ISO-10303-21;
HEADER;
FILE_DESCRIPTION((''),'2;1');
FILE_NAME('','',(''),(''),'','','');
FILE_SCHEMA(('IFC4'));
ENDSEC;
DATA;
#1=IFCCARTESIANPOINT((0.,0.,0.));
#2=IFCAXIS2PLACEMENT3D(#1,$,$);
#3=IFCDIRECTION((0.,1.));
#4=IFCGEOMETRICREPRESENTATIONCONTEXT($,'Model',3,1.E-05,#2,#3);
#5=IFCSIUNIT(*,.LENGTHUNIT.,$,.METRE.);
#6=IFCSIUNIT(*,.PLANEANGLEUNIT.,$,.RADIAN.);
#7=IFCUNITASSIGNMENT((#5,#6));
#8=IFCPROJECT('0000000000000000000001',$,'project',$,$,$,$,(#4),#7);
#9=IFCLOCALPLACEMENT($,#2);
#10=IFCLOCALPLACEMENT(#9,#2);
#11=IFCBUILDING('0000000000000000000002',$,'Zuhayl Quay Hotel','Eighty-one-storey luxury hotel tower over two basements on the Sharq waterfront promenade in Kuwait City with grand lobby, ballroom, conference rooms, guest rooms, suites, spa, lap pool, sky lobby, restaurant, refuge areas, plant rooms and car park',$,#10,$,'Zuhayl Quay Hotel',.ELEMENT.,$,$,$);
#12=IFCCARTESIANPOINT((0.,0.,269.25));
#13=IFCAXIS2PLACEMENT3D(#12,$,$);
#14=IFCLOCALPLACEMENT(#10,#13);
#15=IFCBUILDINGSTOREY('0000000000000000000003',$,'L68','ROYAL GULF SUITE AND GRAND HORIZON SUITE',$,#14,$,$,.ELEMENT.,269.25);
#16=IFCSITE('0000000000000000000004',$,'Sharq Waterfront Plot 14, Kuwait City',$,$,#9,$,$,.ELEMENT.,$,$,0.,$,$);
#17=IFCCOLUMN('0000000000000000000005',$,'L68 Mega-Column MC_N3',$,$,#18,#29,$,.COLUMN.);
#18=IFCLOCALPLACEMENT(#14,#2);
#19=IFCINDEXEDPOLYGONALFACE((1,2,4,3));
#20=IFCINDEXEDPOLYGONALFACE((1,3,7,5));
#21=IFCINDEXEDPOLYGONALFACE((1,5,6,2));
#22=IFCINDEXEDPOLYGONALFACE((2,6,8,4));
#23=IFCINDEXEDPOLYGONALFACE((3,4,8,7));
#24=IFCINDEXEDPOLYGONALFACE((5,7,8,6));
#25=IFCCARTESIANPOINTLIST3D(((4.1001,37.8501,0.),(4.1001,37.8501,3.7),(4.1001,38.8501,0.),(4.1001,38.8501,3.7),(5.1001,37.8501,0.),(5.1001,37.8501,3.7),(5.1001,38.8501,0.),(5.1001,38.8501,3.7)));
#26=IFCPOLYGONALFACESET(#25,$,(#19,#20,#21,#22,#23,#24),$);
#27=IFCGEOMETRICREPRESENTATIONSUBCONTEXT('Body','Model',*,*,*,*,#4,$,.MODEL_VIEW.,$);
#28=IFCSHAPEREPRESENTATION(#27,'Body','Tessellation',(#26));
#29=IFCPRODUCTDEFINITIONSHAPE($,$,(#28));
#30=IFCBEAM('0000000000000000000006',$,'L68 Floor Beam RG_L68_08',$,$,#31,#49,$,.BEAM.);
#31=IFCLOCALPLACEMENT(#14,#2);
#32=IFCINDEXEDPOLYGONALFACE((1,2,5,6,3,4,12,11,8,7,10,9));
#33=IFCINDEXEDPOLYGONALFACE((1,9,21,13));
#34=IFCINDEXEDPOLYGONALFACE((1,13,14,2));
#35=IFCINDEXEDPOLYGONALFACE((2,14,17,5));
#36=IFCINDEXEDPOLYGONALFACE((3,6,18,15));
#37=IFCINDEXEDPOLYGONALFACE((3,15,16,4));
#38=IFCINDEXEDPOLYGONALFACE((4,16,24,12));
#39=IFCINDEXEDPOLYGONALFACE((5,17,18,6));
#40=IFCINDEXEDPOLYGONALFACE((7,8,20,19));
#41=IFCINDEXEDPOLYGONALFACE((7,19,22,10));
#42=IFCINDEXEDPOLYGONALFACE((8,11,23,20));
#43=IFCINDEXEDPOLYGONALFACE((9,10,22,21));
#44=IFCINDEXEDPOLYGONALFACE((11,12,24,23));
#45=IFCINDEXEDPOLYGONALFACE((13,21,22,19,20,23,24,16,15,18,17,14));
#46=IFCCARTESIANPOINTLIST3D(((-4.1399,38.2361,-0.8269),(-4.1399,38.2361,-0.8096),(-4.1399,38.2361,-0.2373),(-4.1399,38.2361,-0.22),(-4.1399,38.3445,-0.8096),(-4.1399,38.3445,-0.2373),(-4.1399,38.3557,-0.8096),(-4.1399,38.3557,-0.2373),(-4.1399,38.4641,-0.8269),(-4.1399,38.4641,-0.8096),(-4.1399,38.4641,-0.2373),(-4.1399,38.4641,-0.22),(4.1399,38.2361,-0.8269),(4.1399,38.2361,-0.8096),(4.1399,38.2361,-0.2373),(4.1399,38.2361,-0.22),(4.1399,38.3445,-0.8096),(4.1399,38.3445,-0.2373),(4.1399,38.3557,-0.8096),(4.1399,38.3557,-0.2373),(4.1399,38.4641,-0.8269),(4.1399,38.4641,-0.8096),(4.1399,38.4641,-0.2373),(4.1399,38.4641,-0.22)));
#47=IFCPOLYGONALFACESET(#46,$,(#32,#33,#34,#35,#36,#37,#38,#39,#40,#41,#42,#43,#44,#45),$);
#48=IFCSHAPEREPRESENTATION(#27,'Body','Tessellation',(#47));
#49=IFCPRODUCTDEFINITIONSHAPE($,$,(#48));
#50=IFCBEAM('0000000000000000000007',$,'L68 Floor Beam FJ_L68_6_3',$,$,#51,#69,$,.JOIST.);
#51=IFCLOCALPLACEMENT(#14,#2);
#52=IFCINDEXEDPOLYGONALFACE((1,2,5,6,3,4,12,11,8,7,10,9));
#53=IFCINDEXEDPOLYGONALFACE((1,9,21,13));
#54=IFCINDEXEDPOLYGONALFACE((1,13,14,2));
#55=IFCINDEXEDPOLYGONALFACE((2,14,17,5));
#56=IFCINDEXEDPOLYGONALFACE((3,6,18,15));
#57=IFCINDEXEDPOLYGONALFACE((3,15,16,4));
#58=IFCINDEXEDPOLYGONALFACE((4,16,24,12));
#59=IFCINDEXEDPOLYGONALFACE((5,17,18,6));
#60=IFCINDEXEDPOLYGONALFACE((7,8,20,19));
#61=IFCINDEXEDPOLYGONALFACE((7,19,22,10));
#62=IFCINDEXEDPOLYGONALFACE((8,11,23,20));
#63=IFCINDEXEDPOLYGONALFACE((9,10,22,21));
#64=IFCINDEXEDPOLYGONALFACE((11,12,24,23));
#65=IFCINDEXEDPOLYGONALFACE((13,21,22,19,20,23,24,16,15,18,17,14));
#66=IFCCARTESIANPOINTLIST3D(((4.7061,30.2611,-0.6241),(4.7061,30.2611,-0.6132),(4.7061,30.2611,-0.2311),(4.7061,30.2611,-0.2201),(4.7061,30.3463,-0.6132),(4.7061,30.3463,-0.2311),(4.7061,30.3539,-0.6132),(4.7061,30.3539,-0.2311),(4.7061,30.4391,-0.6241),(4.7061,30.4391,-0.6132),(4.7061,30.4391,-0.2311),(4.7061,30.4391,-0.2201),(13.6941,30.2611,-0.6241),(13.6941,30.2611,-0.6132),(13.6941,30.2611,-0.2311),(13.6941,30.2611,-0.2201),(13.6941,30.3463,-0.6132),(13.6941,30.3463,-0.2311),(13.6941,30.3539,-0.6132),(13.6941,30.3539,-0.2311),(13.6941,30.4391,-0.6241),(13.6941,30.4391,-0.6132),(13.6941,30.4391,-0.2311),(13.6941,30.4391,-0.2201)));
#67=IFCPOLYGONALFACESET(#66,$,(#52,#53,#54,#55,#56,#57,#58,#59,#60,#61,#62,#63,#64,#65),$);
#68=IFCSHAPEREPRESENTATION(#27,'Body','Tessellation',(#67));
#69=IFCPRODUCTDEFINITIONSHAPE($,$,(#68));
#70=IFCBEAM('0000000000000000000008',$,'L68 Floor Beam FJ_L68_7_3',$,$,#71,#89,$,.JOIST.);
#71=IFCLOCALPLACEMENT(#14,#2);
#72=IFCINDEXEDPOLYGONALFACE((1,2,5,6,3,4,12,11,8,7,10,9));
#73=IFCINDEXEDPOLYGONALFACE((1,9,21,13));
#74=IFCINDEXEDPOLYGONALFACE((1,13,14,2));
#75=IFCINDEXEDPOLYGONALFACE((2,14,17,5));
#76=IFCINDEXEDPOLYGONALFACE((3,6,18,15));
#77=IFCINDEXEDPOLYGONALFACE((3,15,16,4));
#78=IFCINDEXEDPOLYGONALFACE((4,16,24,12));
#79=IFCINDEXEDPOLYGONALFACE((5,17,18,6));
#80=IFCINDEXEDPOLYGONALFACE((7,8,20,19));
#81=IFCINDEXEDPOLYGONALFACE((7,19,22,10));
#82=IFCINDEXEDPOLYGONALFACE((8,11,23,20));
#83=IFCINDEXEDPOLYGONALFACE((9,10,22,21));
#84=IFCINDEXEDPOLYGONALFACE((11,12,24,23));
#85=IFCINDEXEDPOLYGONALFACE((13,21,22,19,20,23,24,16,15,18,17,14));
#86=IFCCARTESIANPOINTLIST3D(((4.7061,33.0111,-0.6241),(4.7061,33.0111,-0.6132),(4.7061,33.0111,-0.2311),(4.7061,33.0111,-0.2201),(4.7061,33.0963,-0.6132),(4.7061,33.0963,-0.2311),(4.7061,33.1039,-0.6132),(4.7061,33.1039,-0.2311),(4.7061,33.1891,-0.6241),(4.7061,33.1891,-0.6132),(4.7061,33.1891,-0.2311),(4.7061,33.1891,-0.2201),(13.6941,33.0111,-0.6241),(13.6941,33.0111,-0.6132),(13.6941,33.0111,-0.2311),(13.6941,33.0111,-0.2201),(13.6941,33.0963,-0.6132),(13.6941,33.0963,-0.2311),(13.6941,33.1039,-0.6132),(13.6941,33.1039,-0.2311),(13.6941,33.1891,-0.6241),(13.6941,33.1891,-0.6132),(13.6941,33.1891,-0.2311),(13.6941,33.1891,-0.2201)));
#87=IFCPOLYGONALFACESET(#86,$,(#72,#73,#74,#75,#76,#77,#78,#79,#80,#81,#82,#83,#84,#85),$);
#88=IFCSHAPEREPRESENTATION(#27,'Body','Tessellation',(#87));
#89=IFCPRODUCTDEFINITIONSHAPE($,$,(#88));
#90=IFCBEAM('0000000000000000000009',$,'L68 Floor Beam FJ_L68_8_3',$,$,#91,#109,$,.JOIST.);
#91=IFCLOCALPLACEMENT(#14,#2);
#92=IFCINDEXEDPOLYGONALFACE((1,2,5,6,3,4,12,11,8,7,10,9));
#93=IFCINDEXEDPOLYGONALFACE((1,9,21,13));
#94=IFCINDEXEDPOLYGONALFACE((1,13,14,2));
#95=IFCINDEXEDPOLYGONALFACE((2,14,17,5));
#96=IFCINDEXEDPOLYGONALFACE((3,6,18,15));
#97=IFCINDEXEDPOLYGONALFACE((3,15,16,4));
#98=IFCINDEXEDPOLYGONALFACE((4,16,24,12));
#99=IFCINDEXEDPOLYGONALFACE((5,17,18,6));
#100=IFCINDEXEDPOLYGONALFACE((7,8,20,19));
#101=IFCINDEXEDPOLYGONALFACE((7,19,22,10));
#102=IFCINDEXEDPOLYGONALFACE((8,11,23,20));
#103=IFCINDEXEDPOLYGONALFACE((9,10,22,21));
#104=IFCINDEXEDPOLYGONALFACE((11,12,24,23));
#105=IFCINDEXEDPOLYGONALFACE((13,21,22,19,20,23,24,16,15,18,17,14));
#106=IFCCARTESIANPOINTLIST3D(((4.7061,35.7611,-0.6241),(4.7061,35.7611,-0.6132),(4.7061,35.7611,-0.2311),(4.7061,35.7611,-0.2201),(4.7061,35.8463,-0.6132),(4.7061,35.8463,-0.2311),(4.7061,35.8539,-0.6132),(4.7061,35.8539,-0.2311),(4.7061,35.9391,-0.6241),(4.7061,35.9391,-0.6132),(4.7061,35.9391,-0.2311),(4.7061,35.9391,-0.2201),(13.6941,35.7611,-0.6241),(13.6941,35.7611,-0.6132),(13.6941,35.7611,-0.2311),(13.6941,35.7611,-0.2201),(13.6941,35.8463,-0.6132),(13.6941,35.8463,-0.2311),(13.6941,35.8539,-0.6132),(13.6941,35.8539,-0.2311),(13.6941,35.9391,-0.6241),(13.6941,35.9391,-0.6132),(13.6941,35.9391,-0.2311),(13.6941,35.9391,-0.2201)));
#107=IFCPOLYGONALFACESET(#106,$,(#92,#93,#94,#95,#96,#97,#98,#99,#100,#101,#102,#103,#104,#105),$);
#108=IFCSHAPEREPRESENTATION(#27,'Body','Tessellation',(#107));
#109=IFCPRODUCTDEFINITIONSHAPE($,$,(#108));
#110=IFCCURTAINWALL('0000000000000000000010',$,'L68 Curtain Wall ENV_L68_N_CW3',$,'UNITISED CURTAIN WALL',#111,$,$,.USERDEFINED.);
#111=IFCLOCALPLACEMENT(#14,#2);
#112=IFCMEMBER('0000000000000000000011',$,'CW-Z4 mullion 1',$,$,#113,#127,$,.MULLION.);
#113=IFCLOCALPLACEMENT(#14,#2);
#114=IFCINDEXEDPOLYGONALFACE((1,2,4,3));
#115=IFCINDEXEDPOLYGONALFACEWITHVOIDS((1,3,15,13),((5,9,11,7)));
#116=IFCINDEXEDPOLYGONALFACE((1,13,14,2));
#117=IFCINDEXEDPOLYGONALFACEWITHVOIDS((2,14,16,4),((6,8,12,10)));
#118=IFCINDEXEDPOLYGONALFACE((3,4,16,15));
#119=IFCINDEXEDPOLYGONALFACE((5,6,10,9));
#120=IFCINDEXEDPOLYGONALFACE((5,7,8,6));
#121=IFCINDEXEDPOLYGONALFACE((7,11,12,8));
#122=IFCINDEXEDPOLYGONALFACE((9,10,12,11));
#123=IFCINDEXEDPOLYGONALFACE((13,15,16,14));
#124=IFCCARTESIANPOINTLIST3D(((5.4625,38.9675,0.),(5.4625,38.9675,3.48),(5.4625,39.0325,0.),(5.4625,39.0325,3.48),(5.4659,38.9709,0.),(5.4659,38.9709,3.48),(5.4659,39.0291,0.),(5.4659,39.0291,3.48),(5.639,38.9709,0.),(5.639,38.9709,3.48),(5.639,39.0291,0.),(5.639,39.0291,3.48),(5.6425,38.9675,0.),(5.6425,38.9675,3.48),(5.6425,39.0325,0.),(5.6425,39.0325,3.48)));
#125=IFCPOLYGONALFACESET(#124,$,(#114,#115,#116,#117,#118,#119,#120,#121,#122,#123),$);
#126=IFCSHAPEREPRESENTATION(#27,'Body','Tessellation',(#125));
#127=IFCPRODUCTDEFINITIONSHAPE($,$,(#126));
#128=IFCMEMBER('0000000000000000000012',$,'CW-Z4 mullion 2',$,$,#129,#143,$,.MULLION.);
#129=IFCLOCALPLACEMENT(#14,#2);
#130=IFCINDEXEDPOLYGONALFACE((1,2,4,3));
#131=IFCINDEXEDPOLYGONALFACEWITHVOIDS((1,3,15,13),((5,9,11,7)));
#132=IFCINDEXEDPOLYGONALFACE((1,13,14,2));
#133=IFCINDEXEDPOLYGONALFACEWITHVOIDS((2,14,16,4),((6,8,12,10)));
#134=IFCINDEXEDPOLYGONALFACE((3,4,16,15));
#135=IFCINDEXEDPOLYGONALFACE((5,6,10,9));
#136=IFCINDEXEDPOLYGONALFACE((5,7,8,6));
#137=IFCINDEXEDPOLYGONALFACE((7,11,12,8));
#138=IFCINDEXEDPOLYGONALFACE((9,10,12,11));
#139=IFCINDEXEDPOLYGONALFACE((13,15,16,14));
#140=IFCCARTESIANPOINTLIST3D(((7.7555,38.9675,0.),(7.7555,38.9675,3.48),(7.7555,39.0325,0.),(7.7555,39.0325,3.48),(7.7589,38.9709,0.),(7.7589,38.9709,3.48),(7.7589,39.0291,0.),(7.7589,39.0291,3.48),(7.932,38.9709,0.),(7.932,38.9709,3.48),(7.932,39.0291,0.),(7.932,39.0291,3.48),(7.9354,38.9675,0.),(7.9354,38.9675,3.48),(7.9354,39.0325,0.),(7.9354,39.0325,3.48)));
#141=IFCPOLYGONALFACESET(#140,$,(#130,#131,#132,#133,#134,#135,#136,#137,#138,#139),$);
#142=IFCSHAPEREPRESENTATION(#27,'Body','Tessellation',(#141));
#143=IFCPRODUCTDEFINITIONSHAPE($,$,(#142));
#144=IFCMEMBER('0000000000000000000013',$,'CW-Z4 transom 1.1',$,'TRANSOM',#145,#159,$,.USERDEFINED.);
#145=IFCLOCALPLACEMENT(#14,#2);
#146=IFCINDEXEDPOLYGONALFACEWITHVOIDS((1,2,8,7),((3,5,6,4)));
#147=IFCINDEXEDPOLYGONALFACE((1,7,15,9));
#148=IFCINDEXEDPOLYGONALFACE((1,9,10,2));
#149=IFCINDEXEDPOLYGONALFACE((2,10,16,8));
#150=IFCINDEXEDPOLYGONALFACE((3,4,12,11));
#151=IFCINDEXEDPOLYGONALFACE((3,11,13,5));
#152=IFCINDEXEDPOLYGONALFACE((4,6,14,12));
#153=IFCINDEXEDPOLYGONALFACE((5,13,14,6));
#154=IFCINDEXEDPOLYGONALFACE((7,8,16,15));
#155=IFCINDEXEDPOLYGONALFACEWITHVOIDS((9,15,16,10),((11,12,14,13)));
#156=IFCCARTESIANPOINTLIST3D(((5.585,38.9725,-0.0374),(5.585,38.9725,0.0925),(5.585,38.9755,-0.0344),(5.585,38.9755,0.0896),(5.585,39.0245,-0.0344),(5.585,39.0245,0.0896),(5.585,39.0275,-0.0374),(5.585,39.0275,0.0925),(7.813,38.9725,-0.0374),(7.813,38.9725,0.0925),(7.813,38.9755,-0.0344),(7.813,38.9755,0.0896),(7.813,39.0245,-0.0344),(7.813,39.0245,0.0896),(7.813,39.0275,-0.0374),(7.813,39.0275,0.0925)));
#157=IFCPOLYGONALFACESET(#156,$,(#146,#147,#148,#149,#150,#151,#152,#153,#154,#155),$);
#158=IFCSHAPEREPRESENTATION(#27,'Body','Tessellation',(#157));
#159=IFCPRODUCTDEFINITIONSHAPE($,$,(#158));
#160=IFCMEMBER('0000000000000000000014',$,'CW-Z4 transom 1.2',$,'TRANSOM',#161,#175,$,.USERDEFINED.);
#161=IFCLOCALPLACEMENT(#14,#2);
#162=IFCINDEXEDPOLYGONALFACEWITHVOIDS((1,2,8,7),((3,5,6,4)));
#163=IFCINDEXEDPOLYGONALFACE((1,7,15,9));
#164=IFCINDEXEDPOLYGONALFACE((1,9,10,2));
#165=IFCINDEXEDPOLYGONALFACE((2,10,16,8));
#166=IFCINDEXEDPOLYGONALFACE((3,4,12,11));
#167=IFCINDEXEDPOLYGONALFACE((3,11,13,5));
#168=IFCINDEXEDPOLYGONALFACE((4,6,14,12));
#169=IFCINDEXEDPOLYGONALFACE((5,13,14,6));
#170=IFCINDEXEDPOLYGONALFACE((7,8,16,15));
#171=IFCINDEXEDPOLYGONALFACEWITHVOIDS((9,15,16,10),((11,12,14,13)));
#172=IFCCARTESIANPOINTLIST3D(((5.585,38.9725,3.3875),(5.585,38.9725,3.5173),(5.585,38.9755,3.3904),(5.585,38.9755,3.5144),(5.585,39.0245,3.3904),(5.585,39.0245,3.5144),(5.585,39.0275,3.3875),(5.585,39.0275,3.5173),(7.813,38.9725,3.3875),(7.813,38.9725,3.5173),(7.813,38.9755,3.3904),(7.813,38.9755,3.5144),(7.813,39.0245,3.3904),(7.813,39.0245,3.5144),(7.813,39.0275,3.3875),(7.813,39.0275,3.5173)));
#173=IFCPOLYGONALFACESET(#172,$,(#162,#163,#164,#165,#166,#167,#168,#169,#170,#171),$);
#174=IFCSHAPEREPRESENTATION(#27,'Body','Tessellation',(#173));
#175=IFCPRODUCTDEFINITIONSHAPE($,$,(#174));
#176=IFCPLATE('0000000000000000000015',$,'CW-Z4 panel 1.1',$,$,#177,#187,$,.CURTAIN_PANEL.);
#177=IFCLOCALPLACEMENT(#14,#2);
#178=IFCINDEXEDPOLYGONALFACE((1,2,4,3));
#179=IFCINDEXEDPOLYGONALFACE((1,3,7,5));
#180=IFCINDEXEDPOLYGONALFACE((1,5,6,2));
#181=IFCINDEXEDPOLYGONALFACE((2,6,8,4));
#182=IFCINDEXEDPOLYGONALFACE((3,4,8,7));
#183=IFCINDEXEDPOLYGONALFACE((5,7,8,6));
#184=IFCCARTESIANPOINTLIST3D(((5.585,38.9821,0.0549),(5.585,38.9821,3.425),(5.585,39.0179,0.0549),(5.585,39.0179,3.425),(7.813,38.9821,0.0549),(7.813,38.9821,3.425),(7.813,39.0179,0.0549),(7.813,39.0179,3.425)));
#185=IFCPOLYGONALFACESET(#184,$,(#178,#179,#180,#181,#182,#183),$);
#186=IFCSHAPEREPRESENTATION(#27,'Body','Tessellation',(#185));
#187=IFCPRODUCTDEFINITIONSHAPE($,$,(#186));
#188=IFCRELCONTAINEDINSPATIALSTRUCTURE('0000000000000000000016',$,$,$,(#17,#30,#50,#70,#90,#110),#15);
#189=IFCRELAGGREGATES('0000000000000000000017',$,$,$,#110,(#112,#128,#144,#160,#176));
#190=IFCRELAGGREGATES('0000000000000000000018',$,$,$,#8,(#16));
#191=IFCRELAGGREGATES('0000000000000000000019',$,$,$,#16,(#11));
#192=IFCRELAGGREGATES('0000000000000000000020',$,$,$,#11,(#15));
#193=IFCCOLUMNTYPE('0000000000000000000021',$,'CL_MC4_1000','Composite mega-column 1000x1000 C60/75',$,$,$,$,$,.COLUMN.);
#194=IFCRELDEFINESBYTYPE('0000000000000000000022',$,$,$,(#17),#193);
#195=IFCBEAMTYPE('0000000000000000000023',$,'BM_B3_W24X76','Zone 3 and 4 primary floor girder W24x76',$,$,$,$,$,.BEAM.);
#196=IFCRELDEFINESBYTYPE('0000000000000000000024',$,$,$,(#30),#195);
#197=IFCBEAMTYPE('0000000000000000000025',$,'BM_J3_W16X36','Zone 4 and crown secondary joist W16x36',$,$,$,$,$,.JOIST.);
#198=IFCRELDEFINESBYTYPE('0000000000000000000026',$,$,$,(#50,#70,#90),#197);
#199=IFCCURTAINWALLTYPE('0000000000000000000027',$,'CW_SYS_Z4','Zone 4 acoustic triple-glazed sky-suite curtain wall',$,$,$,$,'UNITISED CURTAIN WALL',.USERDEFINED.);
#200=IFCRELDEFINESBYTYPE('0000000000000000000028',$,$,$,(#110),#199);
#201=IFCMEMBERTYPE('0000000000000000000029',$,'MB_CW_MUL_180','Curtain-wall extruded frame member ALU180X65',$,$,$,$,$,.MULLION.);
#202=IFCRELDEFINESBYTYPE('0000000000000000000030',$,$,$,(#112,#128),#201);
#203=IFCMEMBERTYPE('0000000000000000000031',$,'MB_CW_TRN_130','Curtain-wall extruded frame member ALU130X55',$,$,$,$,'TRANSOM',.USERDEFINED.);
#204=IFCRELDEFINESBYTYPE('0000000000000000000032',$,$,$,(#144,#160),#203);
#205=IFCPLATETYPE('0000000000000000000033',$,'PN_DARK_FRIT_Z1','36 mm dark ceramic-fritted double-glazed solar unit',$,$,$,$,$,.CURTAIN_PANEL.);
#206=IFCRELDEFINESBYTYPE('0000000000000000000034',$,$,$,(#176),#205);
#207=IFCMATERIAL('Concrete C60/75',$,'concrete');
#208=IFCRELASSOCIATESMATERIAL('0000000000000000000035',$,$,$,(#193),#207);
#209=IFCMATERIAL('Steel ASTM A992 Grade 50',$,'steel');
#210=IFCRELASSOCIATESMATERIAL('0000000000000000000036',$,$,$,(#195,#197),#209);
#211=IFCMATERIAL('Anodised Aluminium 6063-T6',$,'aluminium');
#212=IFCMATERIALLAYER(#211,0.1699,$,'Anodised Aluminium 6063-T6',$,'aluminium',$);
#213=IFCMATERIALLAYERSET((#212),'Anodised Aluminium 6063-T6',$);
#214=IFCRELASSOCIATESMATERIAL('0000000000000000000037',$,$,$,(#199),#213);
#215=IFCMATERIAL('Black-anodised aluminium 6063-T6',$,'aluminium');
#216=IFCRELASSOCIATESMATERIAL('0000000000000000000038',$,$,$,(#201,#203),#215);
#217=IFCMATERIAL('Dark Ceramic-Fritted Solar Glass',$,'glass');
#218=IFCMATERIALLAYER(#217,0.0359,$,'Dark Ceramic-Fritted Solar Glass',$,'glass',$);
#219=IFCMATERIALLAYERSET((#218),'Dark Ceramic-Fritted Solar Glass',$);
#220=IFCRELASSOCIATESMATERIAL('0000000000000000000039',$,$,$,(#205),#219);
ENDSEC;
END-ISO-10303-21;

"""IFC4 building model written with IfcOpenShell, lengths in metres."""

from ifc_helpers import new_model, si_unit, direction, frame, origin, origin_2d, place, context, subcontext, project, spatial, rectangle, hollow_rectangle, i_section, extrude, material, layer, layer_set, material_profile, profile_set, type_object, element, aggregate, save


model = new_model("IFC4")

# Units and contexts
model_context = context("Model", 3, precision=1e-05, world=origin(), true_north=direction((0.0, 1.0)))
body_context = subcontext(model_context, "Body", "Model", "MODEL_VIEW")
ifc_project = project(units=[si_unit("LENGTHUNIT", "METRE"), si_unit("PLANEANGLEUNIT", "RADIAN")], contexts=[model_context])

# Site, building, storey
site_placement = place(None, origin())
site = spatial("IfcSite", under=ifc_project, at=site_placement, Name="Sharq Waterfront Plot 14, Kuwait City", CompositionType="ELEMENT", RefElevation=0.0)
building_placement = place(site_placement, origin())
building = spatial("IfcBuilding", under=site, at=building_placement, Name="Zuhayl Quay Hotel", Description="Eighty-one-storey luxury hotel tower over two basements on the Sharq waterfront promenade in Kuwait City with grand lobby, ballroom, conference rooms, guest rooms, suites, spa, lap pool, sky lobby, restaurant, refuge areas, plant rooms and car park", LongName="Zuhayl Quay Hotel", CompositionType="ELEMENT")
storey_placement = place(building_placement, frame((0.0, 0.0, 269.25)))
storey = spatial("IfcBuildingStorey", under=building, at=storey_placement, Name="L68", Description="ROYAL GULF SUITE AND GRAND HORIZON SUITE", CompositionType="ELEMENT", Elevation=269.25)

# Column
ifc_material_1 = material(Name="Concrete C60/75", Category="concrete")
ifc_material_profile_1 = material_profile(ifc_material_1, rectangle(XDim=1.0, YDim=1.0, at=origin_2d()), Name="RC1000X1000")
ifc_profile_set_1 = profile_set([ifc_material_profile_1], Name="Concrete C60/75")
column_type = type_object("IfcColumnType", Name="CL_MC4_1000", Description="Composite mega-column 1000x1000 C60/75", PredefinedType="COLUMN", material=ifc_profile_set_1)
column_placement = place(storey_placement, frame((4.6001, 38.3501, 0.0), z_axis=(0.0, 0.0, 1.0), x_axis=(1.0, 0.0, 0.0)))
element("IfcColumn", 1, at=column_placement, inside=storey, type_object=column_type, Name="L68 Mega-Column MC_N3", PredefinedType="COLUMN", context=body_context, shape_type="SweptSolid", body=[
    extrude(rectangle(XDim=1.0, YDim=1.0, at=origin_2d()), origin(), (0.0, 0.0, 1.0), 3.7),
])

# Beams
ifc_material_2 = material(Name="Steel ASTM A992 Grade 50", Category="steel")
ifc_material_profile_2 = material_profile(ifc_material_2, i_section(OverallWidth=0.228, OverallDepth=0.6069, WebThickness=0.0112, FlangeThickness=0.0173, at=origin_2d()), Name="W24X76")
ifc_profile_set_2 = profile_set([ifc_material_profile_2], Name="Steel ASTM A992 Grade 50")
beam_type_1 = type_object("IfcBeamType", Name="BM_B3_W24X76", Description="Zone 3 and 4 primary floor girder W24x76", PredefinedType="BEAM", material=ifc_profile_set_2)
beam_placement = place(storey_placement, frame((4.1399, 38.3501, -0.5234), z_axis=(-1.0, 0.0, 0.0), x_axis=(0.0, -1.0, 0.0)))
element("IfcBeam", 2, at=beam_placement, inside=storey, type_object=beam_type_1, Name="L68 Floor Beam RG_L68_08", PredefinedType="BEAM", context=body_context, shape_type="SweptSolid", body=[
    extrude(i_section(OverallWidth=0.228, OverallDepth=0.6069, WebThickness=0.0112, FlangeThickness=0.0173, at=origin_2d()), origin(), (0.0, 0.0, 1.0), 8.2798),
])
ifc_material_profile_3 = material_profile(ifc_material_2, i_section(OverallWidth=0.178, OverallDepth=0.4041, WebThickness=0.0076, FlangeThickness=0.011, at=origin_2d()), Name="W16X36")
ifc_profile_set_3 = profile_set([ifc_material_profile_3], Name="Steel ASTM A992 Grade 50")
beam_type_2 = type_object("IfcBeamType", Name="BM_J3_W16X36", Description="Zone 4 and crown secondary joist W16x36", PredefinedType="JOIST", material=ifc_profile_set_3)
for number, where, z_axis, x_axis, name in (
    (3, (4.7061, 30.3501, -0.4221), (1.0, 0.0, 0.0), (0.0, 1.0, 0.0), "L68 Floor Beam FJ_L68_6_3"),
    (4, (4.7061, 33.1001, -0.4221), (1.0, 0.0, 0.0), (0.0, 1.0, 0.0), "L68 Floor Beam FJ_L68_7_3"),
    (5, (4.7061, 35.8501, -0.4221), (1.0, 0.0, 0.0), (0.0, 1.0, 0.0), "L68 Floor Beam FJ_L68_8_3"),
):
    element("IfcBeam", number, at=place(storey_placement, frame(where, z_axis=z_axis, x_axis=x_axis)), inside=storey, type_object=beam_type_2, Name=name, PredefinedType="JOIST", context=body_context, shape_type="SweptSolid", body=[
        extrude(i_section(OverallWidth=0.178, OverallDepth=0.4041, WebThickness=0.0076, FlangeThickness=0.011, at=origin_2d()), origin(), (0.0, 0.0, 1.0), 8.988),
    ])

# Curtain wall, members, plate
ifc_material_3 = material(Name="Anodised Aluminium 6063-T6", Category="aluminium")
ifc_layer_1 = layer(ifc_material_3, 0.1699, Name="Anodised Aluminium 6063-T6", Category="aluminium")
ifc_layer_set_1 = layer_set([ifc_layer_1], Name="Anodised Aluminium 6063-T6")
curtain_wall_type = type_object("IfcCurtainWallType", Name="CW_SYS_Z4", Description="Zone 4 acoustic triple-glazed sky-suite curtain wall", ElementType="UNITISED CURTAIN WALL", PredefinedType="USERDEFINED", material=ifc_layer_set_1)
curtain_wall_placement = place(storey_placement, origin())
curtain_wall = element("IfcCurtainWall", 6, at=curtain_wall_placement, inside=storey, type_object=curtain_wall_type, Name="L68 Curtain Wall ENV_L68_N_CW3", ObjectType="UNITISED CURTAIN WALL", PredefinedType="USERDEFINED")
ifc_material_4 = material(Name="Black-anodised aluminium 6063-T6", Category="aluminium")
ifc_material_profile_4 = material_profile(ifc_material_4, hollow_rectangle(XDim=0.0649, YDim=0.1799, WallThickness=0.0034, at=origin_2d()), Name="ALU180X65")
ifc_profile_set_4 = profile_set([ifc_material_profile_4], Name="Black-anodised aluminium 6063-T6")
member_type_1 = type_object("IfcMemberType", Name="MB_CW_MUL_180", Description="Curtain-wall extruded frame member ALU180X65", PredefinedType="MULLION", material=ifc_profile_set_4)
member_1_placement = place(storey_placement, frame((5.5525, 39.0, 0.0), z_axis=(0.0, 0.0, 1.0), x_axis=(0.0, 1.0, 0.0)))
member_1 = element("IfcMember", 7, at=member_1_placement, type_object=member_type_1, Name="CW-Z4 mullion 1", PredefinedType="MULLION", context=body_context, shape_type="SweptSolid", body=[
    extrude(hollow_rectangle(XDim=0.0649, YDim=0.1799, WallThickness=0.0034, at=origin_2d()), origin(), (0.0, 0.0, 1.0), 3.48),
])
member_2_placement = place(storey_placement, frame((7.8455, 39.0, 0.0), z_axis=(0.0, 0.0, 1.0), x_axis=(0.0, 1.0, 0.0)))
member_2 = element("IfcMember", 8, at=member_2_placement, type_object=member_type_1, Name="CW-Z4 mullion 2", PredefinedType="MULLION", context=body_context, shape_type="SweptSolid", body=[
    extrude(hollow_rectangle(XDim=0.0649, YDim=0.1799, WallThickness=0.0034, at=origin_2d()), origin(), (0.0, 0.0, 1.0), 3.48),
])
ifc_material_profile_5 = material_profile(ifc_material_4, hollow_rectangle(XDim=0.0549, YDim=0.1299, WallThickness=0.0029, at=origin_2d()), Name="ALU130X55")
ifc_profile_set_5 = profile_set([ifc_material_profile_5], Name="Black-anodised aluminium 6063-T6")
member_type_2 = type_object("IfcMemberType", Name="MB_CW_TRN_130", Description="Curtain-wall extruded frame member ALU130X55", ElementType="TRANSOM", PredefinedType="USERDEFINED", material=ifc_profile_set_5)
member_3_placement = place(storey_placement, frame((5.585, 39.0, 0.0276), z_axis=(1.0, 0.0, 0.0), x_axis=(0.0, 1.0, 0.0)))
member_3 = element("IfcMember", 9, at=member_3_placement, type_object=member_type_2, Name="CW-Z4 transom 1.1", ObjectType="TRANSOM", PredefinedType="USERDEFINED", context=body_context, shape_type="SweptSolid", body=[
    extrude(hollow_rectangle(XDim=0.0549, YDim=0.1299, WallThickness=0.0029, at=origin_2d()), origin(), (0.0, 0.0, 1.0), 2.228),
])
member_4_placement = place(storey_placement, frame((5.585, 39.0, 3.4524), z_axis=(1.0, 0.0, 0.0), x_axis=(0.0, 1.0, 0.0)))
member_4 = element("IfcMember", 10, at=member_4_placement, type_object=member_type_2, Name="CW-Z4 transom 1.2", ObjectType="TRANSOM", PredefinedType="USERDEFINED", context=body_context, shape_type="SweptSolid", body=[
    extrude(hollow_rectangle(XDim=0.0549, YDim=0.1299, WallThickness=0.0029, at=origin_2d()), origin(), (0.0, 0.0, 1.0), 2.228),
])
ifc_material_5 = material(Name="Dark Ceramic-Fritted Solar Glass", Category="glass")
ifc_layer_2 = layer(ifc_material_5, 0.0359, Name="Dark Ceramic-Fritted Solar Glass", Category="glass")
ifc_layer_set_2 = layer_set([ifc_layer_2], Name="Dark Ceramic-Fritted Solar Glass")
plate_type = type_object("IfcPlateType", Name="PN_DARK_FRIT_Z1", Description="36 mm dark ceramic-fritted double-glazed solar unit", PredefinedType="CURTAIN_PANEL", material=ifc_layer_set_2)
plate_placement = place(storey_placement, frame((6.699, 39.0, 0.0549), z_axis=(0.0, 0.0, 1.0), x_axis=(1.0, 0.0, 0.0)))
plate = element("IfcPlate", 11, at=plate_placement, type_object=plate_type, Name="CW-Z4 panel 1.1", PredefinedType="CURTAIN_PANEL", context=body_context, shape_type="SweptSolid", body=[
    extrude(rectangle(XDim=2.228, YDim=0.0359, at=origin_2d()), origin(), (0.0, 0.0, 1.0), 3.3701),
])
aggregate(curtain_wall, [member_1, member_2, member_3, member_4, plate])

save(model, "model.ifc")
